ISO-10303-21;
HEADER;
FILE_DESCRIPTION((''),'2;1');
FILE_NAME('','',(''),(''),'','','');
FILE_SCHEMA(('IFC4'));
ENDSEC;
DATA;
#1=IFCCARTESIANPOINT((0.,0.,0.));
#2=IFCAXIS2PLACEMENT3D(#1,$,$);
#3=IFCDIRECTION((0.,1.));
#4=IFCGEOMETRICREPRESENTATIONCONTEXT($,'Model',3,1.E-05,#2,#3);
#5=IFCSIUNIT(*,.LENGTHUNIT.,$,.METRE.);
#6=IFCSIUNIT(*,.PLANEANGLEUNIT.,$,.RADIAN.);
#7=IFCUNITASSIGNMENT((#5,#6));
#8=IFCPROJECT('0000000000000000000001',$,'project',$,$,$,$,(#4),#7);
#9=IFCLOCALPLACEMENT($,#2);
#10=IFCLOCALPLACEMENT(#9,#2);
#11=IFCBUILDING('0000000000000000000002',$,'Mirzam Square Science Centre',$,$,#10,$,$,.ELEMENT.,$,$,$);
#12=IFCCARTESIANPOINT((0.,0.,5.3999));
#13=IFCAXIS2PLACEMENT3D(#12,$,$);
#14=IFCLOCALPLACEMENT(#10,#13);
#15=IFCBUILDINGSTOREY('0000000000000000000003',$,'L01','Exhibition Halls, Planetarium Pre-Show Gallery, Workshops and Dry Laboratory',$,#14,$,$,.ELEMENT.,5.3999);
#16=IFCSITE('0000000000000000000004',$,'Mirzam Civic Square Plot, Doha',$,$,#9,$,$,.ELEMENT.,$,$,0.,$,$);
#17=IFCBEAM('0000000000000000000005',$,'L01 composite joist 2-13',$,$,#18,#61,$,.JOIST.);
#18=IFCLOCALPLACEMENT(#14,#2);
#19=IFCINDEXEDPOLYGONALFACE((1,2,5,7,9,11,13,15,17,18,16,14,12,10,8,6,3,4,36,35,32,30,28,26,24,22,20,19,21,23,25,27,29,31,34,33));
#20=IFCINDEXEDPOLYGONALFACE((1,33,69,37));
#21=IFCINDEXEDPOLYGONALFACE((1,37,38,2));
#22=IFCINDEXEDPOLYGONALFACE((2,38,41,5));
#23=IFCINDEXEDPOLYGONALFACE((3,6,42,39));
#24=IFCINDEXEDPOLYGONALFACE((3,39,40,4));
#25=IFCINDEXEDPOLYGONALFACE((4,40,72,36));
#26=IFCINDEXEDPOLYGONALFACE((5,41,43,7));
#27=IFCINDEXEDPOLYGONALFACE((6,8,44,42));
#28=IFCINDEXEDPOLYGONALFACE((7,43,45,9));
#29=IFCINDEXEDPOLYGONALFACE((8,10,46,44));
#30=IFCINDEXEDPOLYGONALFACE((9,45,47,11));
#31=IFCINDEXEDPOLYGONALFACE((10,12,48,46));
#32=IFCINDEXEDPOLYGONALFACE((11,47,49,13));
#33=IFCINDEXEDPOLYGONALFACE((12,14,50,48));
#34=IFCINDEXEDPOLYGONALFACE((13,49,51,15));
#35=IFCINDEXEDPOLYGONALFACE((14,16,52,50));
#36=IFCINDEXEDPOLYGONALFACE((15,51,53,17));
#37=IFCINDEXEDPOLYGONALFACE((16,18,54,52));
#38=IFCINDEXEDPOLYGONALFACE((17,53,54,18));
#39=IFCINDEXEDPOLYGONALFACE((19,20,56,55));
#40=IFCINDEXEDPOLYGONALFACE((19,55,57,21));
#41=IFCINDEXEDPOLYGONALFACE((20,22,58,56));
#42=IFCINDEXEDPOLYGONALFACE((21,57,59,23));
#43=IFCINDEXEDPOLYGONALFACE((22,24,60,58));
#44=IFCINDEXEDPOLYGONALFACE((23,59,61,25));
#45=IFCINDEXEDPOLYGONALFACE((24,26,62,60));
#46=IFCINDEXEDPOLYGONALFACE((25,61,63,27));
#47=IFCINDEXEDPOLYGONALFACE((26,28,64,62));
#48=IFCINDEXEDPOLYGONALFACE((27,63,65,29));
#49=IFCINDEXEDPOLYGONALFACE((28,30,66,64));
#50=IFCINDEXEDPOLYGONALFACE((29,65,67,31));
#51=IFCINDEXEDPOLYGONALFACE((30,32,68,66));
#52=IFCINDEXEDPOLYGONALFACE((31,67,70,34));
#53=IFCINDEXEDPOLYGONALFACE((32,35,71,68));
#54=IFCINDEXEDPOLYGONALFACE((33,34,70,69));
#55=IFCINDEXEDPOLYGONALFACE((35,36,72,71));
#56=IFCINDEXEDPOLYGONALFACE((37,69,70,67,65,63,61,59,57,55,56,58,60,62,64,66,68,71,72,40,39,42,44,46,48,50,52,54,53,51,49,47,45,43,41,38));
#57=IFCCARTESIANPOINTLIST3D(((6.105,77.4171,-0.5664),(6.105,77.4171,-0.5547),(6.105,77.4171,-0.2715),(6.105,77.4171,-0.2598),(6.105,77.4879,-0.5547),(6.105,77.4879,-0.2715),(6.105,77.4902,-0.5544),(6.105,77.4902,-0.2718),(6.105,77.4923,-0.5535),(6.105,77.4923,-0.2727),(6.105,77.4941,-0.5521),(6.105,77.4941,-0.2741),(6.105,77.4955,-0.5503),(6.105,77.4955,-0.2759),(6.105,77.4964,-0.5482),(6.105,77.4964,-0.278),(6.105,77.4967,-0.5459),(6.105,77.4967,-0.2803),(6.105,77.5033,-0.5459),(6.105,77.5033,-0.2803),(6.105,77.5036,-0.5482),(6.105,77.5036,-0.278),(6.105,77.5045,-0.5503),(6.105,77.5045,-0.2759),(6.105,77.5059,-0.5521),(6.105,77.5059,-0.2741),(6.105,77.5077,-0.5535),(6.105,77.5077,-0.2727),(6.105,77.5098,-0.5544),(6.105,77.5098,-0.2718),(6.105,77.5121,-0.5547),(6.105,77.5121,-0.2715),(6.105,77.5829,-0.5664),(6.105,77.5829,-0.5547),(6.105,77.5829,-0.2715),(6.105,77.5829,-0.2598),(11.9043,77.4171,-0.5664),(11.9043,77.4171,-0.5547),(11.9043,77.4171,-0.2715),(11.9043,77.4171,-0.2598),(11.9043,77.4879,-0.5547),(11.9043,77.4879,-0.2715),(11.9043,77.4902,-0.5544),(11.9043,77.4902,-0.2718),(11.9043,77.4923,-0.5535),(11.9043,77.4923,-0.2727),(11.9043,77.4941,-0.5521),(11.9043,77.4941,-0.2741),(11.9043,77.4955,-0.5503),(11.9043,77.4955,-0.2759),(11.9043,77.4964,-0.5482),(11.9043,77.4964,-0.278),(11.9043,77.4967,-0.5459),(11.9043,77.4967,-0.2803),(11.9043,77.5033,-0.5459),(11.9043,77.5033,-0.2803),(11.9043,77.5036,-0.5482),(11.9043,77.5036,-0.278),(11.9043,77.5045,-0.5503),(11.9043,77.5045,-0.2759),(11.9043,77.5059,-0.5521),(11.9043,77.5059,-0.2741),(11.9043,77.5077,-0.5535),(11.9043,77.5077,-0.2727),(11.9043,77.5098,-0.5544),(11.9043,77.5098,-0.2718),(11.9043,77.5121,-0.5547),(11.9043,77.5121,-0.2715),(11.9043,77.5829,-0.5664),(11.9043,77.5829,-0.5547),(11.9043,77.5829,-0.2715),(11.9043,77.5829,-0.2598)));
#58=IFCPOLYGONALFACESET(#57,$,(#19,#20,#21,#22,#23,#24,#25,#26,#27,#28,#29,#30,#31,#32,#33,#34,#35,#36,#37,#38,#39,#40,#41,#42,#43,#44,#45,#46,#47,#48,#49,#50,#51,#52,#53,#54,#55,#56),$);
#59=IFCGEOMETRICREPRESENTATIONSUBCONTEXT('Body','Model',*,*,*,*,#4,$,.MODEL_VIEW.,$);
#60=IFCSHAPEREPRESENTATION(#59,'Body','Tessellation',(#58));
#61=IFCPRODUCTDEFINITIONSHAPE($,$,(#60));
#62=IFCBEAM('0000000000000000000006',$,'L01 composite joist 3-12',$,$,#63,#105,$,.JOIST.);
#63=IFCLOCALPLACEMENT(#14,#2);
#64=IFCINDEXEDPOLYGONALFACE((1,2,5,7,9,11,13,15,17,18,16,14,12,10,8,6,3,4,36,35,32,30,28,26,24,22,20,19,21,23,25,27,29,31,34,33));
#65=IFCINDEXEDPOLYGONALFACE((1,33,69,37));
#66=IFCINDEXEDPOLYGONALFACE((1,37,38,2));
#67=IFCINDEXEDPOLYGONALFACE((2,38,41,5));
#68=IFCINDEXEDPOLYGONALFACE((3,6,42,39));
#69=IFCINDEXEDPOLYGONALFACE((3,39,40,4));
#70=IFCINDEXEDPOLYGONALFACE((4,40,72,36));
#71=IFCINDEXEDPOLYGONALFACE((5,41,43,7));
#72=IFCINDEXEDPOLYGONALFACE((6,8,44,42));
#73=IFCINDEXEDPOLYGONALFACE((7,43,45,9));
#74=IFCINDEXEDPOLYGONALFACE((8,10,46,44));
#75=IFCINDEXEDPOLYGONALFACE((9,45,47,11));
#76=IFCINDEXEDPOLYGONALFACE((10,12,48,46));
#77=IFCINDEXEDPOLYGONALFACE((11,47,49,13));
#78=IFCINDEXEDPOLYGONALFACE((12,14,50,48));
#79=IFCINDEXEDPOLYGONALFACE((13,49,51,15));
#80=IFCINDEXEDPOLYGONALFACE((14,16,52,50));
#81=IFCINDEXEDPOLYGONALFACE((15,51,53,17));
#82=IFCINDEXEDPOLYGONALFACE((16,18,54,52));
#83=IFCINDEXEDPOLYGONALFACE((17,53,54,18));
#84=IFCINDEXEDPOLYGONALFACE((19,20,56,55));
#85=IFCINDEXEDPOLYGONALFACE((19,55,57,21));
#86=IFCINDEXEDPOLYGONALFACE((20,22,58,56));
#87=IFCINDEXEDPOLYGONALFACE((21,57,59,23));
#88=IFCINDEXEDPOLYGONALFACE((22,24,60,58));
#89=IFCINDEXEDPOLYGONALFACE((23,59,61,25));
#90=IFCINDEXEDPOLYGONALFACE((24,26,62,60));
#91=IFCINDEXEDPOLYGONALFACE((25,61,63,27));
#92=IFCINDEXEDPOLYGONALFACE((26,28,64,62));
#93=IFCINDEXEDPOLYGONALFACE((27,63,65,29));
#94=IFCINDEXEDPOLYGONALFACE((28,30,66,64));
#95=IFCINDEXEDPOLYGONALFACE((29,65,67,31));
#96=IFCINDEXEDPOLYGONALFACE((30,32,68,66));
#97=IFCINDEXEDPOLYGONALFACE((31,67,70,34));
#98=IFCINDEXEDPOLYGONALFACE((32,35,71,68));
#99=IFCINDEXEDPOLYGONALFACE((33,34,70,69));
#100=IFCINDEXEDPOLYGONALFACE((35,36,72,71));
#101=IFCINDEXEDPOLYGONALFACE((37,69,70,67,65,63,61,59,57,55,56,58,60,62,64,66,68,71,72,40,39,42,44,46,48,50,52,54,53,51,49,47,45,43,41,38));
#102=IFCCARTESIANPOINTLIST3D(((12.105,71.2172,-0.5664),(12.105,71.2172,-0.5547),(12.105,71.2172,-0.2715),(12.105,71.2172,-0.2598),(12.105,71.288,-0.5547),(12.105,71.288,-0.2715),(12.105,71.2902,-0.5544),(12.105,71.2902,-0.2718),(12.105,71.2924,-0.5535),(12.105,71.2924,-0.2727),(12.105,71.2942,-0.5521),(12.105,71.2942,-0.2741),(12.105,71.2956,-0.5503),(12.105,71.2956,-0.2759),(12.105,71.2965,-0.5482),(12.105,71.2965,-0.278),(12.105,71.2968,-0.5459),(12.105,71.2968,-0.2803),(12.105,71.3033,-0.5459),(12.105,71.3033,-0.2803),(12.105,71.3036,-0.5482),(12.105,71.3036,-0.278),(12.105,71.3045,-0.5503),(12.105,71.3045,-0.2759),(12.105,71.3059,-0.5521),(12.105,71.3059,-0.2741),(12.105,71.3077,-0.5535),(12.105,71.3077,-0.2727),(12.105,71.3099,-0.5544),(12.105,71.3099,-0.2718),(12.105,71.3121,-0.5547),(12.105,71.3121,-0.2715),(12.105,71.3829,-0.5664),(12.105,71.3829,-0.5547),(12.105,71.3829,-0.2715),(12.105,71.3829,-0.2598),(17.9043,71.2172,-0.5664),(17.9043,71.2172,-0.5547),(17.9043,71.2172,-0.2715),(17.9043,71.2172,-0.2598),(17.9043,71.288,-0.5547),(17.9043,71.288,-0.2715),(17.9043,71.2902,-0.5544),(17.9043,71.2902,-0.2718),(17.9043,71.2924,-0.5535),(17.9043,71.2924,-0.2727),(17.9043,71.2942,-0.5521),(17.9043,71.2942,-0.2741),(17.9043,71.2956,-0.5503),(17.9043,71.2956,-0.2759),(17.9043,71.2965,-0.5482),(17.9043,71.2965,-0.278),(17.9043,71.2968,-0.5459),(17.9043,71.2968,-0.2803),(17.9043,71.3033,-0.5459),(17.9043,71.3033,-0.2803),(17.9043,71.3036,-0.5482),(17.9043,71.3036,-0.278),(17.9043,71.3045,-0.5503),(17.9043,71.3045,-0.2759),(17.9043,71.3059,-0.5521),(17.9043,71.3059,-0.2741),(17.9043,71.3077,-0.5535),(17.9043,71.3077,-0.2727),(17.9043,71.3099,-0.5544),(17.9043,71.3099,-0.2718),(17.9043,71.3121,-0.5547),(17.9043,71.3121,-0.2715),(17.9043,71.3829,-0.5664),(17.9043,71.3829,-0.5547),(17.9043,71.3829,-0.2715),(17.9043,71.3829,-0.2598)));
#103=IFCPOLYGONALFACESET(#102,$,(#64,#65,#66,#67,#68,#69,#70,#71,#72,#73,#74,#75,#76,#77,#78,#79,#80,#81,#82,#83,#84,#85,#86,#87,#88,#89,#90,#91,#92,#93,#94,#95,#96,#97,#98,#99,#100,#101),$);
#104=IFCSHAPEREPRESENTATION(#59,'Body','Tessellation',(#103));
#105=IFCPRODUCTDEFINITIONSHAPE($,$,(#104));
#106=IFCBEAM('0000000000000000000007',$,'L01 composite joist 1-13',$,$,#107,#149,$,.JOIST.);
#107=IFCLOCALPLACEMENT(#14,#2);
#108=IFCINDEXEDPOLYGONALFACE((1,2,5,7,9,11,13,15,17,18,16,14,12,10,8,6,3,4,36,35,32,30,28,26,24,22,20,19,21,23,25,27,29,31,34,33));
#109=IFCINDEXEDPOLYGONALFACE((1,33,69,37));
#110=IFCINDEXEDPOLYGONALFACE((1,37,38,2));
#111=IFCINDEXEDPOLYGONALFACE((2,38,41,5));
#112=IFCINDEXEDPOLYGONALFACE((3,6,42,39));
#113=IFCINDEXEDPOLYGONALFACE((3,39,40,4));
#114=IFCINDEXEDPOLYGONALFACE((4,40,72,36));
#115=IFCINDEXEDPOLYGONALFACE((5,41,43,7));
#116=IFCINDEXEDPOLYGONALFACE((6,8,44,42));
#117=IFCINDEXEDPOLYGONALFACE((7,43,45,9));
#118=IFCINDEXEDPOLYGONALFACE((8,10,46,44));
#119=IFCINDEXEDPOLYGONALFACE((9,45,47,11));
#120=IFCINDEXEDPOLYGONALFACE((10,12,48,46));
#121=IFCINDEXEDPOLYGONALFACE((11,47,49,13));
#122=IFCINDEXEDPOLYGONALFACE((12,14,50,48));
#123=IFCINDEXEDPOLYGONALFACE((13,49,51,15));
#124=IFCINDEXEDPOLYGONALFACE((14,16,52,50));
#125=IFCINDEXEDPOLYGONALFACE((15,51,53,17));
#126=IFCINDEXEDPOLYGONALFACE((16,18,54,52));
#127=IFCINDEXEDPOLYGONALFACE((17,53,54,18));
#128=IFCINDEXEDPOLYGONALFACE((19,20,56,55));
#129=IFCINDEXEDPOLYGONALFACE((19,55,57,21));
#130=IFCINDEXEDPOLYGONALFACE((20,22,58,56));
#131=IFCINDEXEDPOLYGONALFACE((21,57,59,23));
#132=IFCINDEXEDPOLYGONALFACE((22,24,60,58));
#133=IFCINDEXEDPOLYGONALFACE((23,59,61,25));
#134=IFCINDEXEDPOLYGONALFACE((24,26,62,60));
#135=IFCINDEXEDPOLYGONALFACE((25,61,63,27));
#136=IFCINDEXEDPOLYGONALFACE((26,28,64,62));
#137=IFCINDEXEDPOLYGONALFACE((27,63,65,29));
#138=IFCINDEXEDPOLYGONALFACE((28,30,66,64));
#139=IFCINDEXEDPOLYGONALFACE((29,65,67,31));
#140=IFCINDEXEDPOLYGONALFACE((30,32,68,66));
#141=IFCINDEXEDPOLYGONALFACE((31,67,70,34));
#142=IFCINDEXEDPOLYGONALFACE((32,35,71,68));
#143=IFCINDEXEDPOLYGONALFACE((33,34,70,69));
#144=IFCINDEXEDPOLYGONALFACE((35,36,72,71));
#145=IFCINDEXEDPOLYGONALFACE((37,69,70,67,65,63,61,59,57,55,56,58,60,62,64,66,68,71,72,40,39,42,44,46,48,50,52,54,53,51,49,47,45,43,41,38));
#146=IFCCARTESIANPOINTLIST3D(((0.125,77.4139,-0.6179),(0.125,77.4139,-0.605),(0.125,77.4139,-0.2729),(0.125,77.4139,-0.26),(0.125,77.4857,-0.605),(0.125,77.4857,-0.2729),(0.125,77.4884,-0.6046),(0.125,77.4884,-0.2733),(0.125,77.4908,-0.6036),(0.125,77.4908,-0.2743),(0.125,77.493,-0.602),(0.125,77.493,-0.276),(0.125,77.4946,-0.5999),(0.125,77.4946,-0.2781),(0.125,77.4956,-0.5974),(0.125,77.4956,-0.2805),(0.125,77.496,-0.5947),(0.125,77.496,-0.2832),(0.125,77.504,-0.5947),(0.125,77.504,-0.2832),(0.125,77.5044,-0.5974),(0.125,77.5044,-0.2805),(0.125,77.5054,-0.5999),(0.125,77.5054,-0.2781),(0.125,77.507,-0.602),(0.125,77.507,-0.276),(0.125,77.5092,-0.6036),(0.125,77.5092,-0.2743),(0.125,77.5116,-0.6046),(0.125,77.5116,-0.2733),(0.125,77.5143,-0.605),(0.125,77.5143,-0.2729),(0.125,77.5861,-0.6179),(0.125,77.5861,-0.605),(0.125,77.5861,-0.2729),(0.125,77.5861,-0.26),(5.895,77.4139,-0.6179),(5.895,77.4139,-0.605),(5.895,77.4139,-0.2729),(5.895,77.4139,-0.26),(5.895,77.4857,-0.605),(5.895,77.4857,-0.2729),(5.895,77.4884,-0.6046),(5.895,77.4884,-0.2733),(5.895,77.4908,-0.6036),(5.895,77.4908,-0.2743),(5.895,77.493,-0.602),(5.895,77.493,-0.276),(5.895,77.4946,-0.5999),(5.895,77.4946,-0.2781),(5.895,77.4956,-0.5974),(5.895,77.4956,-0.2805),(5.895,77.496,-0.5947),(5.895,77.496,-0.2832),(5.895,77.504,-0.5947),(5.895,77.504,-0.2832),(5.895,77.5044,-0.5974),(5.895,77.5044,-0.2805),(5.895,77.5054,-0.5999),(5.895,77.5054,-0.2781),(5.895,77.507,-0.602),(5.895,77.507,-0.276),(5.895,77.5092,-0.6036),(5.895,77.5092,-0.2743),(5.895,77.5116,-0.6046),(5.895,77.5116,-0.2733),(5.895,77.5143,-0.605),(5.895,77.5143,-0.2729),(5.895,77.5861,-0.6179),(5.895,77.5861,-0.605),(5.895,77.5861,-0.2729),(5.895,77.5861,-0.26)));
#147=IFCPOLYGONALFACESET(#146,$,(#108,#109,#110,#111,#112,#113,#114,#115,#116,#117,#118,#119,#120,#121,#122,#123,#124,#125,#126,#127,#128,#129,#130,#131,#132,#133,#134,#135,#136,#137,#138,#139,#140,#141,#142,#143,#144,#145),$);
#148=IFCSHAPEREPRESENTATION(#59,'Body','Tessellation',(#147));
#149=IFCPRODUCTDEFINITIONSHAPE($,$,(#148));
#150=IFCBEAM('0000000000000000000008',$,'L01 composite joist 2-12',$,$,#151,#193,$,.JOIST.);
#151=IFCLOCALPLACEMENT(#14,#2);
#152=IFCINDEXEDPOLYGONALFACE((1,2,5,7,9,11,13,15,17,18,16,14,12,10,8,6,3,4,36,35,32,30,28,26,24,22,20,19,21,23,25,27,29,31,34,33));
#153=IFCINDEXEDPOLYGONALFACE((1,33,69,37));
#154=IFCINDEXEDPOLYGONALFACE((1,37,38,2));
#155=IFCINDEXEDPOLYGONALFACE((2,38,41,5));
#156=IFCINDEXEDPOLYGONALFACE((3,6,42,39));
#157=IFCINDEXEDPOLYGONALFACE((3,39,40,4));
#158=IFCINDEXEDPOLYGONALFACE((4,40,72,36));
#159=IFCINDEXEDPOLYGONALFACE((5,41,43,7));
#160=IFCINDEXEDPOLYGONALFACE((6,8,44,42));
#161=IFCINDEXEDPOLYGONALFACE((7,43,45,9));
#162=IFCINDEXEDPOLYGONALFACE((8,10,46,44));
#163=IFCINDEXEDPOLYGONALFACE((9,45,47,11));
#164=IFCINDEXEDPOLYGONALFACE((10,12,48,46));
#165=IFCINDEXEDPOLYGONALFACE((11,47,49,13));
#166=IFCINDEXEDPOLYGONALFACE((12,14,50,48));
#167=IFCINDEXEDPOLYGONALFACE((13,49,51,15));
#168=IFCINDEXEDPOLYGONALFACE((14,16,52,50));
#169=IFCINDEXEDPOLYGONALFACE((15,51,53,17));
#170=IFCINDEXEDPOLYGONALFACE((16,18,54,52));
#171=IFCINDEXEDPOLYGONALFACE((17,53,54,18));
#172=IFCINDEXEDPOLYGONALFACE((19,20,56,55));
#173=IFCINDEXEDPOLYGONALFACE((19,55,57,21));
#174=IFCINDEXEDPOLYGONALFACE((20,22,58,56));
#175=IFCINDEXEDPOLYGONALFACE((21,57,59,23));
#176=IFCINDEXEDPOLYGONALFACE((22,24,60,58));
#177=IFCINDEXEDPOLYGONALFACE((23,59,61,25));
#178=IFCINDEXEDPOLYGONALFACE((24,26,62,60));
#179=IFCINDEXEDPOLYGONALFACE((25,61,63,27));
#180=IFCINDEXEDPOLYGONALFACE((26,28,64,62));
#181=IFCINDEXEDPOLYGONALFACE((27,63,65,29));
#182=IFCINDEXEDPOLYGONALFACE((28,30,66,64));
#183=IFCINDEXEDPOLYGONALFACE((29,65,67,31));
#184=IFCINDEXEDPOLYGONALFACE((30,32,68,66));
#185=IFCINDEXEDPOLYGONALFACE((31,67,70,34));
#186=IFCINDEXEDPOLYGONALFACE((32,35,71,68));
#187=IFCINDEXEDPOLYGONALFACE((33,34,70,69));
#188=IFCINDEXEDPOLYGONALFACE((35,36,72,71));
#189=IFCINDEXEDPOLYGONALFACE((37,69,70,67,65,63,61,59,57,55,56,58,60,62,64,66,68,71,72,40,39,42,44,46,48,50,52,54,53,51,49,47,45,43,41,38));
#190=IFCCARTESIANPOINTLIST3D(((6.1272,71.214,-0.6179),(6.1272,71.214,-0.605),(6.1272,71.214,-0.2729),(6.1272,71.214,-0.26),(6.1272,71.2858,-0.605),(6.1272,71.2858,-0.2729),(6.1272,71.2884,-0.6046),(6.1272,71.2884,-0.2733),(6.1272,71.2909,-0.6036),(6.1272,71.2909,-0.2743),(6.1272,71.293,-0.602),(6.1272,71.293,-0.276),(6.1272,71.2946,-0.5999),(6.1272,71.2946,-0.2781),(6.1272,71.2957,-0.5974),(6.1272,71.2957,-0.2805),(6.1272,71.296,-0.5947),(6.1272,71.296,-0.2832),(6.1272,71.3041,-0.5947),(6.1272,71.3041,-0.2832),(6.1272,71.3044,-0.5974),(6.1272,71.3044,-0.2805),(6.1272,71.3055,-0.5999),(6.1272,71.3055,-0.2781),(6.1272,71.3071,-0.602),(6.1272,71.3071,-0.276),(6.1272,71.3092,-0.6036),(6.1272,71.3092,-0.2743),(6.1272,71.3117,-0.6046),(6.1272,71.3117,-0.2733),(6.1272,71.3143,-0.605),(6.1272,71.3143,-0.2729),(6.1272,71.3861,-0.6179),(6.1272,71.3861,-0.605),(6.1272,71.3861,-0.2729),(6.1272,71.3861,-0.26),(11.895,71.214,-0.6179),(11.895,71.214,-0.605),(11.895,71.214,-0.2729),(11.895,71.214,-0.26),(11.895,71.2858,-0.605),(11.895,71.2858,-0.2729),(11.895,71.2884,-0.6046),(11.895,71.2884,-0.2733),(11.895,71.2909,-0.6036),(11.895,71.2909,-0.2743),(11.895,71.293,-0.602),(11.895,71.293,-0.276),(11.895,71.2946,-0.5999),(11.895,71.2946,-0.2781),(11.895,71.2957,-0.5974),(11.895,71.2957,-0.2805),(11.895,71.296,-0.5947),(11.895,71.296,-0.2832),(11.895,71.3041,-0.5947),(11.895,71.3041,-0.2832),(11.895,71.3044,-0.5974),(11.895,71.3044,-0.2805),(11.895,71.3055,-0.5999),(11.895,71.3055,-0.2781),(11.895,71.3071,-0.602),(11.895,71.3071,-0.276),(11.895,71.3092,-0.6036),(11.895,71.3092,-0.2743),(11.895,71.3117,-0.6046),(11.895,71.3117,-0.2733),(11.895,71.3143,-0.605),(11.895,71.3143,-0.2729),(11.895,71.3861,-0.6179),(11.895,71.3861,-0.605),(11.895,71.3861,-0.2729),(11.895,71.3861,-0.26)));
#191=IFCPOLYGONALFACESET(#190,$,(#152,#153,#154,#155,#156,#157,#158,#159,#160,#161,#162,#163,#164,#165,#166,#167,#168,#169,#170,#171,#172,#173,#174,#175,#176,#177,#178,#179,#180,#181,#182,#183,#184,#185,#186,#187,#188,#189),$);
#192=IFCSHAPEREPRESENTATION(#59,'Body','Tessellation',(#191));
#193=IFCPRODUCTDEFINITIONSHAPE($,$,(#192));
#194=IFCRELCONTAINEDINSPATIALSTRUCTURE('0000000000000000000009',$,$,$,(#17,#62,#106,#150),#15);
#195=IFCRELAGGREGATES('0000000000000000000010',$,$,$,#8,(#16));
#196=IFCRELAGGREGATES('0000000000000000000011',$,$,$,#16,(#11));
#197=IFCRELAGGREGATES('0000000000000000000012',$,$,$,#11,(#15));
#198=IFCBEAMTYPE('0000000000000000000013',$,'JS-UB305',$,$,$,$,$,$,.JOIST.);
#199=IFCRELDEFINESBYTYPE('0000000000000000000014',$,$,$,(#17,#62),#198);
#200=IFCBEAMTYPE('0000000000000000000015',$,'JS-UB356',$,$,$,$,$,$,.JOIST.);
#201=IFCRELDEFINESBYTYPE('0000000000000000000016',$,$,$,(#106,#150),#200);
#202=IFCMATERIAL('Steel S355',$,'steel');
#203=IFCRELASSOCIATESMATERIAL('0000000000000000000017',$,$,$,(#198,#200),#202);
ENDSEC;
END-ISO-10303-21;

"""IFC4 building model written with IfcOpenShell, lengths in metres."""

from ifc_helpers import new_model, si_unit, direction, frame, origin, origin_2d, place, context, subcontext, project, spatial, i_section, extrude, material, material_profile, profile_set, type_object, element, save


model = new_model("IFC4")

# Units and contexts
model_context = context("Model", 3, precision=1e-05, world=origin(), true_north=direction((0.0, 1.0)))
body_context = subcontext(model_context, "Body", "Model", "MODEL_VIEW")
ifc_project = project(units=[si_unit("LENGTHUNIT", "METRE"), si_unit("PLANEANGLEUNIT", "RADIAN")], contexts=[model_context])

# Site, building, storey
site_placement = place(None, origin())
site = spatial("IfcSite", under=ifc_project, at=site_placement, Name="Mirzam Civic Square Plot, Doha", CompositionType="ELEMENT", RefElevation=0.0)
building_placement = place(site_placement, origin())
building = spatial("IfcBuilding", under=site, at=building_placement, Name="Mirzam Square Science Centre", CompositionType="ELEMENT")
storey_placement = place(building_placement, frame((0.0, 0.0, 5.3999)))
storey = spatial("IfcBuildingStorey", under=building, at=storey_placement, Name="L01", Description="Exhibition Halls, Planetarium Pre-Show Gallery, Workshops and Dry Laboratory", CompositionType="ELEMENT", Elevation=5.3999)

# Shared definitions
ifc_material_1 = material(Name="Steel S355", Category="steel")

# Beams
ifc_material_profile_1 = material_profile(ifc_material_1, i_section(OverallWidth=0.1658, OverallDepth=0.3066, WebThickness=0.0066, FlangeThickness=0.0117, FilletRadius=0.0088, at=origin_2d()), Name="305x165x46UB")
ifc_profile_set_1 = profile_set([ifc_material_profile_1], Name="Steel S355")
beam_type_1 = type_object("IfcBeamType", Name="JS-UB305", PredefinedType="JOIST", material=ifc_profile_set_1)
for number, where, z_axis, x_axis, name in (
    (1, (6.105, 77.5, -0.4131), (1.0, 0.0, 0.0), (0.0, 1.0, 0.0), "L01 composite joist 2-13"),
    (2, (12.105, 71.3, -0.4131), (1.0, 0.0, 0.0), (0.0, 1.0, 0.0), "L01 composite joist 3-12"),
):
    element("IfcBeam", number, at=place(storey_placement, frame(where, z_axis=z_axis, x_axis=x_axis)), inside=storey, type_object=beam_type_1, Name=name, PredefinedType="JOIST", context=body_context, shape_type="SweptSolid", body=[
        extrude(i_section(OverallWidth=0.1658, OverallDepth=0.3066, WebThickness=0.0066, FlangeThickness=0.0117, FilletRadius=0.0088, at=origin_2d()), origin(), (0.0, 0.0, 1.0), 5.7993),
    ])
ifc_material_profile_2 = material_profile(ifc_material_1, i_section(OverallWidth=0.1721, OverallDepth=0.3579, WebThickness=0.0081, FlangeThickness=0.0129, FilletRadius=0.0103, at=origin_2d()), Name="356x171x57UB")
ifc_profile_set_2 = profile_set([ifc_material_profile_2], Name="Steel S355")
beam_type_2 = type_object("IfcBeamType", Name="JS-UB356", PredefinedType="JOIST", material=ifc_profile_set_2)
beam_1_placement = place(storey_placement, frame((0.125, 77.5, -0.439), z_axis=(1.0, 0.0, 0.0), x_axis=(0.0, 1.0, 0.0)))
element("IfcBeam", 3, at=beam_1_placement, inside=storey, type_object=beam_type_2, Name="L01 composite joist 1-13", PredefinedType="JOIST", context=body_context, shape_type="SweptSolid", body=[
    extrude(i_section(OverallWidth=0.1721, OverallDepth=0.3579, WebThickness=0.0081, FlangeThickness=0.0129, FilletRadius=0.0103, at=origin_2d()), origin(), (0.0, 0.0, 1.0), 5.77),
])
beam_2_placement = place(storey_placement, frame((6.1272, 71.3, -0.439), z_axis=(1.0, 0.0, 0.0), x_axis=(0.0, 1.0, 0.0)))
element("IfcBeam", 4, at=beam_2_placement, inside=storey, type_object=beam_type_2, Name="L01 composite joist 2-12", PredefinedType="JOIST", context=body_context, shape_type="SweptSolid", body=[
    extrude(i_section(OverallWidth=0.1721, OverallDepth=0.3579, WebThickness=0.0081, FlangeThickness=0.0129, FilletRadius=0.0103, at=origin_2d()), origin(), (0.0, 0.0, 1.0), 5.7678),
])

save(model, "model.ifc")
